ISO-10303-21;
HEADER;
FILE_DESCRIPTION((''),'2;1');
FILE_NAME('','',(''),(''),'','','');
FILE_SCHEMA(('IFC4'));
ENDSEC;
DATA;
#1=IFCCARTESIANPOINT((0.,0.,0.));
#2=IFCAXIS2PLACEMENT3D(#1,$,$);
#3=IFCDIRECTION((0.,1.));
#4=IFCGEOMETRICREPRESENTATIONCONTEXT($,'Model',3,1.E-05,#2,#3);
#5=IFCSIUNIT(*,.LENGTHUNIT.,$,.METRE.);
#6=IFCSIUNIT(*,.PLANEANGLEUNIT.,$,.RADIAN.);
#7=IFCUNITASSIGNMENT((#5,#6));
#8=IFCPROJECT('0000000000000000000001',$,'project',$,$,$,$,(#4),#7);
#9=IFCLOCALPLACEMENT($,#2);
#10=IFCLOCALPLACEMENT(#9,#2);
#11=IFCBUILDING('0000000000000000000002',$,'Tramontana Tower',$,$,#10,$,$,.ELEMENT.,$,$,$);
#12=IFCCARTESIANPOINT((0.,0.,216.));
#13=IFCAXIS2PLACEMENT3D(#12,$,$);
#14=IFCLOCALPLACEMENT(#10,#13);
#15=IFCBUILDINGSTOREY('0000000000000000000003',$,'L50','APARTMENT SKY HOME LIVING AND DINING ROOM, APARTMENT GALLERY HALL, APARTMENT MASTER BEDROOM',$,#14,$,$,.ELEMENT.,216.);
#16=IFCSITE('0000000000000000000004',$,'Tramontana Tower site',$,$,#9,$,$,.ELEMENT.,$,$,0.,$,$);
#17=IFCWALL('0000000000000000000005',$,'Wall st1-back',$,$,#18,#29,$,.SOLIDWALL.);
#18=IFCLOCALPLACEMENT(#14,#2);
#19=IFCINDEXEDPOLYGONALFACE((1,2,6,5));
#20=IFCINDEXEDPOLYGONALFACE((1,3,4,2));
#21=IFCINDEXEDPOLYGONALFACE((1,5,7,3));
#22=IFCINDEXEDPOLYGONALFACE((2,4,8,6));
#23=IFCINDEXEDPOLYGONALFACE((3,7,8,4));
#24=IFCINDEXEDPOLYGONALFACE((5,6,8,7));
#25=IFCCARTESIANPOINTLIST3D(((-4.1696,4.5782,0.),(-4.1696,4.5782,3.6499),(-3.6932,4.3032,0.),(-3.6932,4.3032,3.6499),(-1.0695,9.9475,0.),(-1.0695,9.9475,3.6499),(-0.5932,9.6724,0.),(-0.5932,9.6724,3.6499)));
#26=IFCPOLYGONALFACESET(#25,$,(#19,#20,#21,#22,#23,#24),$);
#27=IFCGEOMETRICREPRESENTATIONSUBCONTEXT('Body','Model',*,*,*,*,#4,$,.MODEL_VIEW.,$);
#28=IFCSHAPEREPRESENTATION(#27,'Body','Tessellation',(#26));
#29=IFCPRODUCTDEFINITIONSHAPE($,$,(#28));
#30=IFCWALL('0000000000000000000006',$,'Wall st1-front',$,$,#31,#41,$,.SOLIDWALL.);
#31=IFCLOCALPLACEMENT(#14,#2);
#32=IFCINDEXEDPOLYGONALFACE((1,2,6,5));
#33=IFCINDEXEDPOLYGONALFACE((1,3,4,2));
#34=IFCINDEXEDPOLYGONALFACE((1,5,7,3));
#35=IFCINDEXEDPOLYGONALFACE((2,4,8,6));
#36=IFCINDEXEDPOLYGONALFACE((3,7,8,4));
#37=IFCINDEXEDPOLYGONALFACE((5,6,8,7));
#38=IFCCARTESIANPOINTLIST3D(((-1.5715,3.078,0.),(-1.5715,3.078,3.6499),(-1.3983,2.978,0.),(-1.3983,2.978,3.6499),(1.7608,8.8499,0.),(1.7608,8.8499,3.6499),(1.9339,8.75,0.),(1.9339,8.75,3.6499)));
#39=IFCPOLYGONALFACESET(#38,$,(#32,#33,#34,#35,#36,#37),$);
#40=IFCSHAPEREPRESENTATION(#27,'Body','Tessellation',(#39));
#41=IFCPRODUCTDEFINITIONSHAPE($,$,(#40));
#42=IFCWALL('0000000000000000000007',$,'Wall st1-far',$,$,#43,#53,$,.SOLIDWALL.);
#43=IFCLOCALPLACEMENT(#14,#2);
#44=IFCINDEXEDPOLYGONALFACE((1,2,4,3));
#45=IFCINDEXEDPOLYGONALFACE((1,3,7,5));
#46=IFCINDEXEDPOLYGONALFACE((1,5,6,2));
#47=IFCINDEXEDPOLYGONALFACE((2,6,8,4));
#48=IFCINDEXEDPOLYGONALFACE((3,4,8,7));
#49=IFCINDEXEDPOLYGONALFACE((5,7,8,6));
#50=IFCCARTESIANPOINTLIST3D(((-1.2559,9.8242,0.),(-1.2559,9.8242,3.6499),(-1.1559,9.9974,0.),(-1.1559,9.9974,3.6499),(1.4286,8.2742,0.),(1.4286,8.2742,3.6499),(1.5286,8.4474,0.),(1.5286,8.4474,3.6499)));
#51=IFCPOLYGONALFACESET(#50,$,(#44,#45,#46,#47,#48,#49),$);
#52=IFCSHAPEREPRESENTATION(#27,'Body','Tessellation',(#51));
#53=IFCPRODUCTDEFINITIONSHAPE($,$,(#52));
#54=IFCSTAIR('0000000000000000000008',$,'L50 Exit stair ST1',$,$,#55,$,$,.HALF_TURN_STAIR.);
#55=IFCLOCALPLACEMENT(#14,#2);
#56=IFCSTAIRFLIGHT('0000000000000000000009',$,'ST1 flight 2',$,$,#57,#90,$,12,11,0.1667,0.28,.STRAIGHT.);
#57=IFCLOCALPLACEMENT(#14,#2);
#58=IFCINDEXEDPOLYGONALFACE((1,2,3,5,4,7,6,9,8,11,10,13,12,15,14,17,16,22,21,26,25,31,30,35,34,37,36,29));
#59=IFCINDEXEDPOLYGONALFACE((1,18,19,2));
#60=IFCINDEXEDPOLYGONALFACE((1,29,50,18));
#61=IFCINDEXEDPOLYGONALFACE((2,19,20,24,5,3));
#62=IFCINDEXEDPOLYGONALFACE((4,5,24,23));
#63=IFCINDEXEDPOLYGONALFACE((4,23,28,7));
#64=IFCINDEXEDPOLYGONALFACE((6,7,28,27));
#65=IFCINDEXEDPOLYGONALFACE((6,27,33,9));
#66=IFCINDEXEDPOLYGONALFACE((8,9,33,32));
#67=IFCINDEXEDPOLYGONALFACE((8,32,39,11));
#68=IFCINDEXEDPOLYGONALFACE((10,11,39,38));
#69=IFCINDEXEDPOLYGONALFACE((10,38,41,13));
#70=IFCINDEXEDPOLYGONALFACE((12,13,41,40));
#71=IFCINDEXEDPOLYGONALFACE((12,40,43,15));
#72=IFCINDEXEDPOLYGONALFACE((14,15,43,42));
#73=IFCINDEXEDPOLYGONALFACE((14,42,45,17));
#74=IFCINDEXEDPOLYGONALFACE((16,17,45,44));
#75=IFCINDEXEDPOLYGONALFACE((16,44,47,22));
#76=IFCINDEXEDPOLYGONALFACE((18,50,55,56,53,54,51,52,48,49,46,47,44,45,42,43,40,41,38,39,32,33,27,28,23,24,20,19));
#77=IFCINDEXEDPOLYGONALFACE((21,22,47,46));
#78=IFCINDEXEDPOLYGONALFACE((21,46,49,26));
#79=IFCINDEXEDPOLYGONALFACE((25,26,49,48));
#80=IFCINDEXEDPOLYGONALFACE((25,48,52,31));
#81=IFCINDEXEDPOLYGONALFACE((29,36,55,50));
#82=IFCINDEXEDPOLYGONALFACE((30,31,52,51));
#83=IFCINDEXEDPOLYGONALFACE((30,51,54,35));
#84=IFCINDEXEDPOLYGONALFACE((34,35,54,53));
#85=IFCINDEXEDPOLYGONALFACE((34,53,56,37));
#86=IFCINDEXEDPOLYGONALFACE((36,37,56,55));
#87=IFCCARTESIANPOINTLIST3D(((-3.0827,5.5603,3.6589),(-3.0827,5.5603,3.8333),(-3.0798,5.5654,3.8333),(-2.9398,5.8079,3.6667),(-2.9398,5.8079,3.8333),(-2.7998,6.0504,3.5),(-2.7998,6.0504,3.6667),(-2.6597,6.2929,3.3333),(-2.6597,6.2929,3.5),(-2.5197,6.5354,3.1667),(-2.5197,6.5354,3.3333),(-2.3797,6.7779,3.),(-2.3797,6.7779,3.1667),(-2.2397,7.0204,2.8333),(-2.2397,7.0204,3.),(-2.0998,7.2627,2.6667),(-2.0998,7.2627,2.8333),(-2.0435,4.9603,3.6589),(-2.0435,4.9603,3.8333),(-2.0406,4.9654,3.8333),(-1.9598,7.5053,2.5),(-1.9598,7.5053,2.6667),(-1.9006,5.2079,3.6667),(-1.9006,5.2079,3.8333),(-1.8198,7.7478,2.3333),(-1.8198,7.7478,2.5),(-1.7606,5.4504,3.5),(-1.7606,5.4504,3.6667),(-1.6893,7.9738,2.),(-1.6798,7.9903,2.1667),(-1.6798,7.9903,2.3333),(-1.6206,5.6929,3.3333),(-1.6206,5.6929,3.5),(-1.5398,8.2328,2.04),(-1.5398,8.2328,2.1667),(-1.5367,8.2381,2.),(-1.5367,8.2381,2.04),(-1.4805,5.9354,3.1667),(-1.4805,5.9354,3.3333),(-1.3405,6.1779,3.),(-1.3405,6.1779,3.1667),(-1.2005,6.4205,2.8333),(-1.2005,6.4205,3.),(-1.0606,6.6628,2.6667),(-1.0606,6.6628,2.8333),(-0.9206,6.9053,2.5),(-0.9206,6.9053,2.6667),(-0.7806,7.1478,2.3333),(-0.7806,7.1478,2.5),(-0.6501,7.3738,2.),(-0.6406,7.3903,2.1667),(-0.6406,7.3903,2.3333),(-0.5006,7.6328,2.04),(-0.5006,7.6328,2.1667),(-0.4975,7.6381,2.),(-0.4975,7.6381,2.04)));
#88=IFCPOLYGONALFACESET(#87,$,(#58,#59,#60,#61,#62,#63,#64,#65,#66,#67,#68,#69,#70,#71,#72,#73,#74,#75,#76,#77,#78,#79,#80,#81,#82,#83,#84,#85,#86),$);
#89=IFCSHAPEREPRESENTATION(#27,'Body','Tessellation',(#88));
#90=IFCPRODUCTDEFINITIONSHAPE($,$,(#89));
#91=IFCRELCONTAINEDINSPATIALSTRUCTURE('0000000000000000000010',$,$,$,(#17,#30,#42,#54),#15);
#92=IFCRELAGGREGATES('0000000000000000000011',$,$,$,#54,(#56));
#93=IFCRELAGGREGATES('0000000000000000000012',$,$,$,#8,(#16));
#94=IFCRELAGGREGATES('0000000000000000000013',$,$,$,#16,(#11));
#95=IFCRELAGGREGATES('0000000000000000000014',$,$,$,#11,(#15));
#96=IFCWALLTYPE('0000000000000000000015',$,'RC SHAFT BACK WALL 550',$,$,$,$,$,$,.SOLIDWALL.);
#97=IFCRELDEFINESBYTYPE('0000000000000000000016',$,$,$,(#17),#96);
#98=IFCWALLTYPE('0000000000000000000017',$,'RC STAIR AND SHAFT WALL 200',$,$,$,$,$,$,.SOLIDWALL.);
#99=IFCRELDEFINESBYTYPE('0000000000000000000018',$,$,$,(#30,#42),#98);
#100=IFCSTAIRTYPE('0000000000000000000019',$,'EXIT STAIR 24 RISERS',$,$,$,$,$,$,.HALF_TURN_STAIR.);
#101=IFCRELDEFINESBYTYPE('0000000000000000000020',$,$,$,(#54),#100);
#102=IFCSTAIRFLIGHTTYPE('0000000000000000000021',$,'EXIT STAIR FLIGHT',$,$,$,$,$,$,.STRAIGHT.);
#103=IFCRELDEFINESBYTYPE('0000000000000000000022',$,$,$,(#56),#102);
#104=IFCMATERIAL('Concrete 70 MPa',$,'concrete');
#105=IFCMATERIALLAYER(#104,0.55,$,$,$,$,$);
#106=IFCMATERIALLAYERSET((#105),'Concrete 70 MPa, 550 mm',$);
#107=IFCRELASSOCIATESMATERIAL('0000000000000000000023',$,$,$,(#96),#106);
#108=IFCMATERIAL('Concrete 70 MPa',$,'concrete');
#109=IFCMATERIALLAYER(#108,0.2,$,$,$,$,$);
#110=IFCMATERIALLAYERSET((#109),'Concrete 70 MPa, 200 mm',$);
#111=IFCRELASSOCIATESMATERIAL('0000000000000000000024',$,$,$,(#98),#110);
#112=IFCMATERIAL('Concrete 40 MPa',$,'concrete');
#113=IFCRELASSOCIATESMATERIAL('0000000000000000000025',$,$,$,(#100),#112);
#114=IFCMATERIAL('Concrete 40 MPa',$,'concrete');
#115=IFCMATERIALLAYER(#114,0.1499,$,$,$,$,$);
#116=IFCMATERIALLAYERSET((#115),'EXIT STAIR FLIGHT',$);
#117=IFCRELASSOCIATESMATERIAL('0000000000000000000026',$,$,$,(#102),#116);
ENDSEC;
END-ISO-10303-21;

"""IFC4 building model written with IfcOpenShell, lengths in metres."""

from ifc_helpers import new_model, si_unit, direction, frame, frame_2d, origin, place, context, subcontext, project, spatial, polyline, rectangle, outline, extrude, material, layer, layer_set, type_object, element, aggregate, save


model = new_model("IFC4")

# Units and contexts
model_context = context("Model", 3, precision=1e-05, world=origin(), true_north=direction((0.0, 1.0)))
body_context = subcontext(model_context, "Body", "Model", "MODEL_VIEW")
ifc_project = project(units=[si_unit("LENGTHUNIT", "METRE"), si_unit("PLANEANGLEUNIT", "RADIAN")], contexts=[model_context])

# Site, building, storey
site_placement = place(None, origin())
site = spatial("IfcSite", under=ifc_project, at=site_placement, Name="Tramontana Tower site", CompositionType="ELEMENT", RefElevation=0.0)
building_placement = place(site_placement, origin())
building = spatial("IfcBuilding", under=site, at=building_placement, Name="Tramontana Tower", CompositionType="ELEMENT")
storey_placement = place(building_placement, frame((0.0, 0.0, 216.0)))
storey = spatial("IfcBuildingStorey", under=building, at=storey_placement, Name="L50", Description="APARTMENT SKY HOME LIVING AND DINING ROOM, APARTMENT GALLERY HALL, APARTMENT MASTER BEDROOM", CompositionType="ELEMENT", Elevation=216.0)

# Walls
ifc_material_1 = material(Name="Concrete 70 MPa", Category="concrete")
ifc_layer_1 = layer(ifc_material_1, 0.55)
ifc_layer_set_1 = layer_set([ifc_layer_1], Name="Concrete 70 MPa, 550 mm")
wall_type_1 = type_object("IfcWallType", Name="RC SHAFT BACK WALL 550", PredefinedType="SOLIDWALL", material=ifc_layer_set_1)
wall_1_placement = place(storey_placement, frame((-0.8313, 9.8101, 0.0), z_axis=(0.0, 0.0, 1.0), x_axis=(-0.50001, -0.86602, 0.0)))
element("IfcWall", 1, at=wall_1_placement, inside=storey, type_object=wall_type_1, Name="Wall st1-back", PredefinedType="SOLIDWALL", context=body_context, shape_type="SweptSolid", body=[
    extrude(rectangle(XDim=6.2, YDim=0.55, at=frame_2d((3.1001, 0.0))), origin(), (0.0, 0.0, 1.0), 3.6499),
])
ifc_material_2 = material(Name="Concrete 70 MPa", Category="concrete")
ifc_layer_2 = layer(ifc_material_2, 0.2)
ifc_layer_set_2 = layer_set([ifc_layer_2], Name="Concrete 70 MPa, 200 mm")
wall_type_2 = type_object("IfcWallType", Name="RC STAIR AND SHAFT WALL 200", PredefinedType="SOLIDWALL", material=ifc_layer_set_2)
wall_2_placement = place(storey_placement, frame((1.8474, 8.8, 0.0), z_axis=(0.0, 0.0, 1.0), x_axis=(-0.49998, -0.866037, 0.0)))
element("IfcWall", 2, at=wall_2_placement, inside=storey, type_object=wall_type_2, Name="Wall st1-front", PredefinedType="SOLIDWALL", context=body_context, shape_type="SweptSolid", body=[
    extrude(rectangle(XDim=6.6648, YDim=0.2, at=frame_2d((3.3325, 0.0))), origin(), (0.0, 0.0, 1.0), 3.6499),
])
wall_3_placement = place(storey_placement, frame((1.4785, 8.3608, 0.0), z_axis=(0.0, 0.0, 1.0), x_axis=(-0.86601, 0.500027, 0.0)))
element("IfcWall", 3, at=wall_3_placement, inside=storey, type_object=wall_type_2, Name="Wall st1-far", PredefinedType="SOLIDWALL", context=body_context, shape_type="SweptSolid", body=[
    extrude(rectangle(XDim=3.0999, YDim=0.2, at=frame_2d((1.5498, 0.0))), origin(), (0.0, 0.0, 1.0), 3.6499),
])

# Stair, stair flight
ifc_material_3 = material(Name="Concrete 40 MPa", Category="concrete")
stair_type = type_object("IfcStairType", Name="EXIT STAIR 24 RISERS", PredefinedType="HALF_TURN_STAIR", material=ifc_material_3)
stair_placement = place(storey_placement, origin())
stair = element("IfcStair", 4, at=stair_placement, inside=storey, type_object=stair_type, Name="L50 Exit stair ST1", PredefinedType="HALF_TURN_STAIR")
ifc_material_4 = material(Name="Concrete 40 MPa", Category="concrete")
ifc_layer_3 = layer(ifc_material_4, 0.1499)
ifc_layer_set_3 = layer_set([ifc_layer_3], Name="EXIT STAIR FLIGHT")
stair_flight_type = type_object("IfcStairFlightType", Name="EXIT STAIR FLIGHT", PredefinedType="STRAIGHT", material=ifc_layer_set_3)
stair_flight_placement = place(storey_placement, frame((-1.0203, 7.9329, 2.0), z_axis=(0.0, 0.0, 1.0), x_axis=(-0.5, -0.866025, 0.0)))
stair_flight = element("IfcStairFlight", 5, at=stair_flight_placement, type_object=stair_flight_type, Name="ST1 flight 2", NumberOfRisers=12, NumberOfTreads=11, PredefinedType="STRAIGHT", RiserHeight=0.1667, TreadLength=0.28, context=body_context, shape_type="SweptSolid", body=[
    extrude(outline(polyline([(-0.0061, 0.0), (-0.0061, 0.04), (0.0, 0.04), (0.0, 0.1667), (0.28, 0.1667), (0.28, 0.3333), (0.5601, 0.3333), (0.5601, 0.5), (0.8401, 0.5), (0.8401, 0.6667), (1.1201, 0.6667), (1.1201, 0.8333), (1.3999, 0.8333), (1.3999, 1.0), (1.6799, 1.0), (1.6799, 1.1667), (1.96, 1.1667), (1.96, 1.3333), (2.24, 1.3333), (2.24, 1.5), (2.52, 1.5), (2.52, 1.6667), (2.8, 1.6667), (2.8, 1.8333), (3.0801, 1.8333), (3.0859, 1.8333), (3.0859, 1.6589), (0.2991, 0.0), (-0.0061, 0.0)])), frame((0.0, 0.6001, 0.0), z_axis=(0.0, -1.0, 0.0), x_axis=(1.0, 0.0, 0.0)), (0.0, 0.0, 1.0), 1.2),
])
aggregate(stair, [stair_flight])

save(model, "model.ifc")
